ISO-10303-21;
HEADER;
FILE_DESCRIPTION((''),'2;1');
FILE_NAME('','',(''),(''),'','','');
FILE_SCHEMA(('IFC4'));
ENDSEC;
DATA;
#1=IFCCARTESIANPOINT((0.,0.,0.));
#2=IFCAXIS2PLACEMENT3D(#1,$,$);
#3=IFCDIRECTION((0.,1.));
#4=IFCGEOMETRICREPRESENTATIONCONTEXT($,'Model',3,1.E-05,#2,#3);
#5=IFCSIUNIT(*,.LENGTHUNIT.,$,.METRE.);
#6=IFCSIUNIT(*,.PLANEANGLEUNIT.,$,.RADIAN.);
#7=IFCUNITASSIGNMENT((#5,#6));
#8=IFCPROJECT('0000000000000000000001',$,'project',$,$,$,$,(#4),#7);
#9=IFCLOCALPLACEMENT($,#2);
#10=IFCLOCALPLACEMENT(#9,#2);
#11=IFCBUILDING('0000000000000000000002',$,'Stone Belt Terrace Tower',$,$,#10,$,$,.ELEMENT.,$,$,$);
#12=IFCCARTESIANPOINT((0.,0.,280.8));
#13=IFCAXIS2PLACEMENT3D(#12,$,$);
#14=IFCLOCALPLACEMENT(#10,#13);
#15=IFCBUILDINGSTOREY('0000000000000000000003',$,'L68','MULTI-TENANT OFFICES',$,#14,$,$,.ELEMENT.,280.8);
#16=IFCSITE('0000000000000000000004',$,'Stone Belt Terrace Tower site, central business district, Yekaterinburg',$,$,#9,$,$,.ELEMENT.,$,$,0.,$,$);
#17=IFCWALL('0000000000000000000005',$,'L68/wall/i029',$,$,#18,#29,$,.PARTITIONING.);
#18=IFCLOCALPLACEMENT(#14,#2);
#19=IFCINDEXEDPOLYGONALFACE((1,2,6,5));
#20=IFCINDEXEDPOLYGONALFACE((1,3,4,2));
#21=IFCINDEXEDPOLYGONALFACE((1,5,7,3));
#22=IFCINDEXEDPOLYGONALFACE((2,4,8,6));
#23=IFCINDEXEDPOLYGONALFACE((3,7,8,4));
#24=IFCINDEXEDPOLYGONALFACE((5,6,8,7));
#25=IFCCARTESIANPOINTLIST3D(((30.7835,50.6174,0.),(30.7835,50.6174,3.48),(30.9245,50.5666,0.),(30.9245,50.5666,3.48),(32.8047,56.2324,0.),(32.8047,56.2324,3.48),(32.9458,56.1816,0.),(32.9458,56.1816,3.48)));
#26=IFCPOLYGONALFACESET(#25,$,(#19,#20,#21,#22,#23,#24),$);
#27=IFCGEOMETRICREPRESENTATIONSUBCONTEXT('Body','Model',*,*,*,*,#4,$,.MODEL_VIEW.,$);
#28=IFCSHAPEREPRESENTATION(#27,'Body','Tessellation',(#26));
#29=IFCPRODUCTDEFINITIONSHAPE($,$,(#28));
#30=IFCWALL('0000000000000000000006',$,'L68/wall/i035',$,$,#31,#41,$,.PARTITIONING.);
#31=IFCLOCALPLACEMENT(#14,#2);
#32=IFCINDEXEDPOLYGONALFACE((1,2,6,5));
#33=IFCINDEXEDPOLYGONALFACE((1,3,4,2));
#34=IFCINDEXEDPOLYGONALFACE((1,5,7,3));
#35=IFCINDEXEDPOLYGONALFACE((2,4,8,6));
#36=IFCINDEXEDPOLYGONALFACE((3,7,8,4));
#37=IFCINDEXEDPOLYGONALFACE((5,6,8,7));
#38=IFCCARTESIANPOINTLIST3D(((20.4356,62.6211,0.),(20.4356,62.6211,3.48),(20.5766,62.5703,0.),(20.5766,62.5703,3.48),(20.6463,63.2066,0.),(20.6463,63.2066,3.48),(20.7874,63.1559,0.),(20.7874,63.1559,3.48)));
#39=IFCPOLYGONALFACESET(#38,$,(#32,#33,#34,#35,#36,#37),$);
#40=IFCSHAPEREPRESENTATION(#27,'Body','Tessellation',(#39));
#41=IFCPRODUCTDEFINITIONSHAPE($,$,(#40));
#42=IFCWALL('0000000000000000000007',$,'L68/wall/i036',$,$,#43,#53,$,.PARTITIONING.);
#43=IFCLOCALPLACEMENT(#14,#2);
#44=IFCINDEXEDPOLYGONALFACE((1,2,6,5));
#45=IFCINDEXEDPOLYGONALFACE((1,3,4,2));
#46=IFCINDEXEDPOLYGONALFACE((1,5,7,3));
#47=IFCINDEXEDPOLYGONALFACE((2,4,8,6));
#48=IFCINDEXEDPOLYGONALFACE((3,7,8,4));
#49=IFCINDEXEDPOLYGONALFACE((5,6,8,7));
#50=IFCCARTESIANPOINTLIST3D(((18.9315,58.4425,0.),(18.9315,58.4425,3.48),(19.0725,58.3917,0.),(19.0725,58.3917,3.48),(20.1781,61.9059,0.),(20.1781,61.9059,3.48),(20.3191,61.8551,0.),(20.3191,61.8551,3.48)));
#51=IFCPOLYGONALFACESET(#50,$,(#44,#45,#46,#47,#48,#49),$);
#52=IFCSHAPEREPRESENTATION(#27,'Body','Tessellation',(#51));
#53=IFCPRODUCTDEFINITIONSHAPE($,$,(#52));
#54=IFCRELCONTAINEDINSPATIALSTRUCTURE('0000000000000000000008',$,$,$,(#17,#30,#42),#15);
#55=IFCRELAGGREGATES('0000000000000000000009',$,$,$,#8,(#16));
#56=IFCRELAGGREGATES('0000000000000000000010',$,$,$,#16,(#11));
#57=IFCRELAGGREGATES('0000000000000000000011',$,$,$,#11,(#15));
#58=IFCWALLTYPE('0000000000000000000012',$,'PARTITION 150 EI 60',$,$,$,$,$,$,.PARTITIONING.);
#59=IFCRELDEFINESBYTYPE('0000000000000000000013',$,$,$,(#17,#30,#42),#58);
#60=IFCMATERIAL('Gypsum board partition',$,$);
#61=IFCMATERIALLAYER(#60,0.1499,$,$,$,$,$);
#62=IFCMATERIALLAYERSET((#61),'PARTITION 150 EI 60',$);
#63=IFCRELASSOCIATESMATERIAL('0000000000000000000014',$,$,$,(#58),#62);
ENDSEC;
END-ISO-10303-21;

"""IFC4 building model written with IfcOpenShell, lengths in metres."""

from ifc_helpers import new_model, si_unit, direction, frame, frame_2d, origin, place, context, subcontext, project, spatial, rectangle, extrude, material, layer, layer_set, type_object, element, save


model = new_model("IFC4")

# Units and contexts
model_context = context("Model", 3, precision=1e-05, world=origin(), true_north=direction((0.0, 1.0)))
body_context = subcontext(model_context, "Body", "Model", "MODEL_VIEW")
ifc_project = project(units=[si_unit("LENGTHUNIT", "METRE"), si_unit("PLANEANGLEUNIT", "RADIAN")], contexts=[model_context])

# Site, building, storey
site_placement = place(None, origin())
site = spatial("IfcSite", under=ifc_project, at=site_placement, Name="Stone Belt Terrace Tower site, central business district, Yekaterinburg", CompositionType="ELEMENT", RefElevation=0.0)
building_placement = place(site_placement, origin())
building = spatial("IfcBuilding", under=site, at=building_placement, Name="Stone Belt Terrace Tower", CompositionType="ELEMENT")
storey_placement = place(building_placement, frame((0.0, 0.0, 280.8)))
storey = spatial("IfcBuildingStorey", under=building, at=storey_placement, Name="L68", Description="MULTI-TENANT OFFICES", CompositionType="ELEMENT", Elevation=280.8)

# Shared definitions
ifc_material_1 = material(Name="Gypsum board partition")
ifc_layer_1 = layer(ifc_material_1, 0.1499)
ifc_layer_set_1 = layer_set([ifc_layer_1], Name="PARTITION 150 EI 60")
wall_type_1 = type_object("IfcWallType", Name="PARTITION 150 EI 60", PredefinedType="PARTITIONING", material=ifc_layer_set_1)

# Walls
wall_1_placement = place(storey_placement, frame((32.8752, 56.207, 0.0), z_axis=(0.0, 0.0, 1.0), x_axis=(-0.338696, -0.940896, 0.0)))
element("IfcWall", 1, at=wall_1_placement, inside=storey, type_object=wall_type_1, Name="L68/wall/i029", PredefinedType="PARTITIONING", context=body_context, shape_type="SweptSolid", body=[
    extrude(rectangle(XDim=5.9678, YDim=0.1499, at=frame_2d((2.9839, 0.0))), origin(), (0.0, 0.0, 1.0), 3.48),
])
wall_2_placement = place(storey_placement, frame((20.7168, 63.1812, 0.0), z_axis=(0.0, 0.0, 1.0), x_axis=(-0.338622, -0.940922, 0.0)))
element("IfcWall", 2, at=wall_2_placement, inside=storey, type_object=wall_type_1, Name="L68/wall/i035", PredefinedType="PARTITIONING", context=body_context, shape_type="SweptSolid", body=[
    extrude(rectangle(XDim=0.6223, YDim=0.1499, at=frame_2d((0.311, 0.0))), origin(), (0.0, 0.0, 1.0), 3.48),
])
wall_3_placement = place(storey_placement, frame((20.2485, 61.8804, 0.0), z_axis=(0.0, 0.0, 1.0), x_axis=(-0.338663, -0.940908, 0.0)))
element("IfcWall", 3, at=wall_3_placement, inside=storey, type_object=wall_type_1, Name="L68/wall/i036", PredefinedType="PARTITIONING", context=body_context, shape_type="SweptSolid", body=[
    extrude(rectangle(XDim=3.6809, YDim=0.1499, at=frame_2d((1.8403, 0.0))), origin(), (0.0, 0.0, 1.0), 3.48),
])

save(model, "model.ifc")
